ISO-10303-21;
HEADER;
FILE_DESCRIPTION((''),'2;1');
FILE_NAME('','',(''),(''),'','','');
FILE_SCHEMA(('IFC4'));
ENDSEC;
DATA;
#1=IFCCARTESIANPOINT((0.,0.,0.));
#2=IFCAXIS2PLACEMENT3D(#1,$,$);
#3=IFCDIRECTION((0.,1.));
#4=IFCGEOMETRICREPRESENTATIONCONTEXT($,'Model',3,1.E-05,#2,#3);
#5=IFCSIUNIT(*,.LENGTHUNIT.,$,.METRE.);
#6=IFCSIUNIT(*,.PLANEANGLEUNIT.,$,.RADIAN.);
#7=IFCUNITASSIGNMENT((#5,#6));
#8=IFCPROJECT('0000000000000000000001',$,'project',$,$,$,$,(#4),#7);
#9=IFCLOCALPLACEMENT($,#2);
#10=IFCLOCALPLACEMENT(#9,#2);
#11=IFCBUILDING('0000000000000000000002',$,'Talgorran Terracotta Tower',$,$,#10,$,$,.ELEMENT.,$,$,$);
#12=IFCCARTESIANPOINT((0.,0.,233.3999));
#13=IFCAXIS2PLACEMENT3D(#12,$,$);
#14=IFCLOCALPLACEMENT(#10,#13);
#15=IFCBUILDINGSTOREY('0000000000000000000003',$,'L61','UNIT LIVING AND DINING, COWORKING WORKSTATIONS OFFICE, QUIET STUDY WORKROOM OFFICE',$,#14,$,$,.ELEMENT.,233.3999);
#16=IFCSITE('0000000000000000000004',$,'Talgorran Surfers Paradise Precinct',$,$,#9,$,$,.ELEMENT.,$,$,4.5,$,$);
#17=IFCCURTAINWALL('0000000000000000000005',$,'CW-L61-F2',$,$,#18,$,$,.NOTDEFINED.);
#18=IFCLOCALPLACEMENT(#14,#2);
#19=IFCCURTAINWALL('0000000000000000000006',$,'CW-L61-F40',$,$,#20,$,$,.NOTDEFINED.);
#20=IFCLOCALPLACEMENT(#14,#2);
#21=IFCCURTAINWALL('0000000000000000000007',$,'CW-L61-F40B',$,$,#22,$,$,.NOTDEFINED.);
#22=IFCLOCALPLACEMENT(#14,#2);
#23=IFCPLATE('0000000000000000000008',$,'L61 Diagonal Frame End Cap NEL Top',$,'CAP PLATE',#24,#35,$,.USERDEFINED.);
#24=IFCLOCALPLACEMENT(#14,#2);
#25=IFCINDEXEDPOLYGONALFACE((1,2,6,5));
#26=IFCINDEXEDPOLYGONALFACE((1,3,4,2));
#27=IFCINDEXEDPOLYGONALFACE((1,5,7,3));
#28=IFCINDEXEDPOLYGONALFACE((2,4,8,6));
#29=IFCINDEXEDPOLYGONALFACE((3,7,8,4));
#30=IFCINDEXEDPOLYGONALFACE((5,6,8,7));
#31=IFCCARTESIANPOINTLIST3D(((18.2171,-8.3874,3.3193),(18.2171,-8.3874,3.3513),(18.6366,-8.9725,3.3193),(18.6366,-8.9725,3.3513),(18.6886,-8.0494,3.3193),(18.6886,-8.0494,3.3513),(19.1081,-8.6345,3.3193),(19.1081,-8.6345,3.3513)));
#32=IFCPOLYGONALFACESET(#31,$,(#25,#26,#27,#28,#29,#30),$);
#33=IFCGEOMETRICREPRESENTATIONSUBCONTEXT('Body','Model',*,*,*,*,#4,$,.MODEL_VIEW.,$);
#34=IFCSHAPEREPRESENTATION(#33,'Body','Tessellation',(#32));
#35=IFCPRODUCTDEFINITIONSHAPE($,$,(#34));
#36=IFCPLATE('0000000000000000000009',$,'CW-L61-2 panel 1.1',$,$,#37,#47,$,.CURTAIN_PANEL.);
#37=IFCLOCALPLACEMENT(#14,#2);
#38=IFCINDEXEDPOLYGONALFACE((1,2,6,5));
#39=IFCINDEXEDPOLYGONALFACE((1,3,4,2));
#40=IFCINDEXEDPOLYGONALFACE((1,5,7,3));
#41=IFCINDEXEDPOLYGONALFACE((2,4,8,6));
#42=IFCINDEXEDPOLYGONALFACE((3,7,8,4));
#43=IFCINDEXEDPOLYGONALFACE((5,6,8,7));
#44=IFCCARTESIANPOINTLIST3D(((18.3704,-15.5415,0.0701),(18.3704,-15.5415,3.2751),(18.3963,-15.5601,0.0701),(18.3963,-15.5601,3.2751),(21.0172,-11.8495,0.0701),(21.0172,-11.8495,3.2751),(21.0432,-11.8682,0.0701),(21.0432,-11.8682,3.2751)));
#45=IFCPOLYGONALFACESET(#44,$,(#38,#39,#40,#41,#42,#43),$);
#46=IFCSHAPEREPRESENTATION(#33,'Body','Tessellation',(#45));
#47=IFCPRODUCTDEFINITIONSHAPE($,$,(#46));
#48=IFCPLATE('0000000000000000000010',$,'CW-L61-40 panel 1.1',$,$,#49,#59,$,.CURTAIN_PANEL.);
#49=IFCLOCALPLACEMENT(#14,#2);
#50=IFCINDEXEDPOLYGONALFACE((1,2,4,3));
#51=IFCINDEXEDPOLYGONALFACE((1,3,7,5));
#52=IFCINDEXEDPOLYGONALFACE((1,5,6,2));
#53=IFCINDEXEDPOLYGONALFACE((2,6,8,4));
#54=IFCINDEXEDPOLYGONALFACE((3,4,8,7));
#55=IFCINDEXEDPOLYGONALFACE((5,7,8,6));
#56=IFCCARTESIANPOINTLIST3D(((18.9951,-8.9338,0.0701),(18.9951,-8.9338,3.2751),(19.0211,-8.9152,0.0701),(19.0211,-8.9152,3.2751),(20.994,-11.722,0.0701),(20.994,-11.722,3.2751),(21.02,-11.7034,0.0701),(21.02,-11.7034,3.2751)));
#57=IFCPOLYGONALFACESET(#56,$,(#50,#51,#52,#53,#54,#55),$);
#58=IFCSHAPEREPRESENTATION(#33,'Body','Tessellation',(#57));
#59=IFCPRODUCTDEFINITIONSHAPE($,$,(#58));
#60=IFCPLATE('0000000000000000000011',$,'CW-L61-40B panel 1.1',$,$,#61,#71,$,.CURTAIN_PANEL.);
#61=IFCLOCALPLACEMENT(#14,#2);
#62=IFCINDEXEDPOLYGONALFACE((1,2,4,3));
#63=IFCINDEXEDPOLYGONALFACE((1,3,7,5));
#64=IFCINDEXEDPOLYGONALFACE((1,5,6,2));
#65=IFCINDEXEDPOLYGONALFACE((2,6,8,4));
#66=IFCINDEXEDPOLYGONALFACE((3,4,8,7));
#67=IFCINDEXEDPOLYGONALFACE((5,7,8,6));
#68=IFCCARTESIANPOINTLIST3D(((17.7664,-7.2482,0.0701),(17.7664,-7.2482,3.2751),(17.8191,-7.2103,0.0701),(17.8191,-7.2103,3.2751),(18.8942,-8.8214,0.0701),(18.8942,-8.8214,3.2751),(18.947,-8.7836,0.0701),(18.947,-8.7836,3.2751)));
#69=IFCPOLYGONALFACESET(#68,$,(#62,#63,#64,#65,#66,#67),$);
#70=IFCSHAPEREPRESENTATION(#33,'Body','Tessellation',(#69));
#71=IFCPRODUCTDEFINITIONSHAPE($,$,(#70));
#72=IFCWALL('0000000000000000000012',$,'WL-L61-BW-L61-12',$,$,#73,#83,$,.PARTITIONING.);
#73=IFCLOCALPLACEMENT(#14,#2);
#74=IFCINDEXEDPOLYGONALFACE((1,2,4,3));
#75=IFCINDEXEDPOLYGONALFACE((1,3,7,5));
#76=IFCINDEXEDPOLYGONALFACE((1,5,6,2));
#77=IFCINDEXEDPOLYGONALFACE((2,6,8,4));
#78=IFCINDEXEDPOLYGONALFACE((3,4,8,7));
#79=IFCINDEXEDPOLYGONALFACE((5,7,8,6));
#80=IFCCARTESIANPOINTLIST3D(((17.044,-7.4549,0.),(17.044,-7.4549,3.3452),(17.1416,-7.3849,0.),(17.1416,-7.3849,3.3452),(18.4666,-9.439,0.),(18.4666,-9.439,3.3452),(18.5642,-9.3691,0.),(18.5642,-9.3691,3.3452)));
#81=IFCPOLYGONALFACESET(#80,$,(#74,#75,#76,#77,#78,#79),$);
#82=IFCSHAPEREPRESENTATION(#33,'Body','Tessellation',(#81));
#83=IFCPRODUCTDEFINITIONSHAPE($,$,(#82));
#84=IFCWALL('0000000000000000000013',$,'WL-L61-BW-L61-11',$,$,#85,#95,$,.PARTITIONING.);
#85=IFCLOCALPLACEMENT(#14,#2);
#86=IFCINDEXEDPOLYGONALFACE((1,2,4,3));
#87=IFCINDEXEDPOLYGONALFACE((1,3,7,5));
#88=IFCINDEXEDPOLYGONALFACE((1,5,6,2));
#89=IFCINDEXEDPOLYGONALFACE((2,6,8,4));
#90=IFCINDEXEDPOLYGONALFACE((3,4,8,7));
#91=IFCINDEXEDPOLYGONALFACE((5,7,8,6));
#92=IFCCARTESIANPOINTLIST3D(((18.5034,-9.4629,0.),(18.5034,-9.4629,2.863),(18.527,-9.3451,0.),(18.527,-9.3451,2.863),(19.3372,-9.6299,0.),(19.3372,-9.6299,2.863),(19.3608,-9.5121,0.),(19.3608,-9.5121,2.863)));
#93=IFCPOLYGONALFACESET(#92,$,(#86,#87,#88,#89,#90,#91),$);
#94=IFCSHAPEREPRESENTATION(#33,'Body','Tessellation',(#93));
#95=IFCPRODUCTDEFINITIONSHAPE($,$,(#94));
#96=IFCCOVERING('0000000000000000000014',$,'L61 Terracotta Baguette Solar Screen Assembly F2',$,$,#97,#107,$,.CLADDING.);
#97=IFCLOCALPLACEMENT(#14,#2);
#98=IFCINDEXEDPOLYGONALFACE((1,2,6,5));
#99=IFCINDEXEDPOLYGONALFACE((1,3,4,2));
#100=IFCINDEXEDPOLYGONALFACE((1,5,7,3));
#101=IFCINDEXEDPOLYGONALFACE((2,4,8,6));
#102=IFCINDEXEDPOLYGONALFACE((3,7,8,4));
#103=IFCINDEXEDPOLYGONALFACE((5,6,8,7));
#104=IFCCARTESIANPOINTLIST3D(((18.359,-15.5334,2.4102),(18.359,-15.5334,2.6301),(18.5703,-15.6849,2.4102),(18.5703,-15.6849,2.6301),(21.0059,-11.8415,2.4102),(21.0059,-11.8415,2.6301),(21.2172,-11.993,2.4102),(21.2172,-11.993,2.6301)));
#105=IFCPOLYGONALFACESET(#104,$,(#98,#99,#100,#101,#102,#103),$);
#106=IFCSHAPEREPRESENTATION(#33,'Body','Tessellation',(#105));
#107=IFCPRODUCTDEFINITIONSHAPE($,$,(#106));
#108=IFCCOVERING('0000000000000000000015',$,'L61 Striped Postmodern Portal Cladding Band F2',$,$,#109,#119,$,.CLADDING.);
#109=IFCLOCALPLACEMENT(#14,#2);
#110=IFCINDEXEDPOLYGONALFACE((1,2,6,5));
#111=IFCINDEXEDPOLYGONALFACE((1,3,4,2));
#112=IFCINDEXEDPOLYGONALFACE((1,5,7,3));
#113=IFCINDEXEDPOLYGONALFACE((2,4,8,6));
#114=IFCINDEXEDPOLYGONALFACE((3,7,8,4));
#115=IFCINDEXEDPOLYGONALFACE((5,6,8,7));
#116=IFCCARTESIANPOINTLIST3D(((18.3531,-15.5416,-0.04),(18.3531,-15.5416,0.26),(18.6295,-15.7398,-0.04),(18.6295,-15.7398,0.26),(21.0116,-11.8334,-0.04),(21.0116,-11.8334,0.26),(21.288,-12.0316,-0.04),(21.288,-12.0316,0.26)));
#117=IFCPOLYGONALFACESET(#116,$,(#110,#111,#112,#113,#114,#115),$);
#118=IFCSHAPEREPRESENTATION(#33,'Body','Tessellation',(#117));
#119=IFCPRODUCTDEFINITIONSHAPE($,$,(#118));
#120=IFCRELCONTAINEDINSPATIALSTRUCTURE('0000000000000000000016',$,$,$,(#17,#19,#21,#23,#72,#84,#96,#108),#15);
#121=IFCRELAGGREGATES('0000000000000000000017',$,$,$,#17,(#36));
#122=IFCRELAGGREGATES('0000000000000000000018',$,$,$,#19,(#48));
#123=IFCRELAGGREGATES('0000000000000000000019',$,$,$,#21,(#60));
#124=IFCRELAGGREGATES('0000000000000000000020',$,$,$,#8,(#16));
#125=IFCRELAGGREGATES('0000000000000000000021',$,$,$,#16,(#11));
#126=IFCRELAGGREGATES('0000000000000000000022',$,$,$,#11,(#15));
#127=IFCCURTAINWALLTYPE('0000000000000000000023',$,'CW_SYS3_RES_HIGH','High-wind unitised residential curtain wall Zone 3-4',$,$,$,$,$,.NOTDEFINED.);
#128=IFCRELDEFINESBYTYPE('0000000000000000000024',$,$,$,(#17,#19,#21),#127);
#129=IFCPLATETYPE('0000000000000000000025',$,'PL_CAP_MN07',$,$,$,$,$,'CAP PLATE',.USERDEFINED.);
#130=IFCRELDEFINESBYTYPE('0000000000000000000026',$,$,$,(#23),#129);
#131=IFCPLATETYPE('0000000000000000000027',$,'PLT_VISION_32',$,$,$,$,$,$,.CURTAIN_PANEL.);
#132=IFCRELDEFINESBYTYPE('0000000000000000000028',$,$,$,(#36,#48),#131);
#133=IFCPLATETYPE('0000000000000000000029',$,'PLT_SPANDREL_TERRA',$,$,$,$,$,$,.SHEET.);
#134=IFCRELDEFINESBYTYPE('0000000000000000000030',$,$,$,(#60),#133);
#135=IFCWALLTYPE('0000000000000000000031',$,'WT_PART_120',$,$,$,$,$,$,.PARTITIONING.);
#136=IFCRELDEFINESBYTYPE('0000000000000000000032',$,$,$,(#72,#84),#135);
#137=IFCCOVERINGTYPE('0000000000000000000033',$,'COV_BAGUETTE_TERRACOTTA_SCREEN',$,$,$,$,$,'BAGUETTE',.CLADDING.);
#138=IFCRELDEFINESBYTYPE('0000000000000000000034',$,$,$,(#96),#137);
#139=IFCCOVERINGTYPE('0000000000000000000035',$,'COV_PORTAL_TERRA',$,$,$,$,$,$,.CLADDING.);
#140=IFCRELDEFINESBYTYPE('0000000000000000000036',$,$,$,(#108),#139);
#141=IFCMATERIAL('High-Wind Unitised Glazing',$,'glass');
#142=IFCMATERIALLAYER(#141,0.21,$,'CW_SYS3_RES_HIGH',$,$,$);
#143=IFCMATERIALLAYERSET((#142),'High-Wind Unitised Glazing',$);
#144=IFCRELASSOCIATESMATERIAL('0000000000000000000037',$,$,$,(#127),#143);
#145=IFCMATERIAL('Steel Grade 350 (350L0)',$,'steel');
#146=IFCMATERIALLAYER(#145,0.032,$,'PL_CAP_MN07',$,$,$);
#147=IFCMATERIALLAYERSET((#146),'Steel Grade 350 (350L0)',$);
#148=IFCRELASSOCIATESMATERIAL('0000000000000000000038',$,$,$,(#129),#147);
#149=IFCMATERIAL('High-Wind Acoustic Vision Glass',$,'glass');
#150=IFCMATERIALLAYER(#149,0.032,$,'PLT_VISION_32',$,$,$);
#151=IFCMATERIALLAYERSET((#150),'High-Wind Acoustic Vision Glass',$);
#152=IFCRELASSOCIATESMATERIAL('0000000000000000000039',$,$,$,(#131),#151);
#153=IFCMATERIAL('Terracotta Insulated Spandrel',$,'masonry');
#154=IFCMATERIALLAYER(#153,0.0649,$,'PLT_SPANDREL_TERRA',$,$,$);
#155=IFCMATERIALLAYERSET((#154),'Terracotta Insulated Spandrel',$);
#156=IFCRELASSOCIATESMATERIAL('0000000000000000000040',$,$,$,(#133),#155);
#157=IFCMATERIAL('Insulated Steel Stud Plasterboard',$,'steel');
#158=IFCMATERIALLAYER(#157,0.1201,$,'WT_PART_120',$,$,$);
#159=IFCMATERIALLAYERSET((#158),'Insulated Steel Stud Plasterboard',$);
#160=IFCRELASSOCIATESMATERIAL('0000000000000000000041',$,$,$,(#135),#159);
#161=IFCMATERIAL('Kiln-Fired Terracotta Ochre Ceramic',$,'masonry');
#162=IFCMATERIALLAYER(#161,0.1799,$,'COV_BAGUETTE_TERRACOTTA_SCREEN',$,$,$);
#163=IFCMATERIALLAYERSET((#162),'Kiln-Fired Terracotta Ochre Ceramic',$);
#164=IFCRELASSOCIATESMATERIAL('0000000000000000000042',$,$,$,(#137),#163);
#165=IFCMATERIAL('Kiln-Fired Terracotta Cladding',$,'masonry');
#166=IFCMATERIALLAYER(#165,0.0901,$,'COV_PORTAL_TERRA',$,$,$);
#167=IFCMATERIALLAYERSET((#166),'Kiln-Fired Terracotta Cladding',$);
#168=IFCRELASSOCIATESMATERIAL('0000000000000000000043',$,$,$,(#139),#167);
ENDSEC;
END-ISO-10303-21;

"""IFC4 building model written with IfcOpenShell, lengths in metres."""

from ifc_helpers import new_model, si_unit, direction, frame, frame_2d, origin, origin_2d, place, context, subcontext, project, spatial, rectangle, extrude, source, transform, mapped, material, layer, layer_set, type_object, type_shapes, element, aggregate, save


model = new_model("IFC4")

# Units and contexts
model_context = context("Model", 3, precision=1e-05, world=origin(), true_north=direction((0.0, 1.0)))
body_context = subcontext(model_context, "Body", "Model", "MODEL_VIEW")
ifc_project = project(units=[si_unit("LENGTHUNIT", "METRE"), si_unit("PLANEANGLEUNIT", "RADIAN")], contexts=[model_context])

# Site, building, storey
site_placement = place(None, origin())
site = spatial("IfcSite", under=ifc_project, at=site_placement, Name="Talgorran Surfers Paradise Precinct", CompositionType="ELEMENT", RefElevation=4.5)
building_placement = place(site_placement, origin())
building = spatial("IfcBuilding", under=site, at=building_placement, Name="Talgorran Terracotta Tower", CompositionType="ELEMENT")
storey_placement = place(building_placement, frame((0.0, 0.0, 233.3999)))
storey = spatial("IfcBuildingStorey", under=building, at=storey_placement, Name="L61", Description="UNIT LIVING AND DINING, COWORKING WORKSTATIONS OFFICE, QUIET STUDY WORKROOM OFFICE", CompositionType="ELEMENT", Elevation=233.3999)

# Shared definitions
ifc_material_1 = material(Name="Steel Grade 350 (350L0)", Category="steel")

# Curtain walls
ifc_material_2 = material(Name="High-Wind Unitised Glazing", Category="glass")
ifc_layer_1 = layer(ifc_material_2, 0.21, Name="CW_SYS3_RES_HIGH")
ifc_layer_set_1 = layer_set([ifc_layer_1], Name="High-Wind Unitised Glazing")
curtain_wall_type = type_object("IfcCurtainWallType", Name="CW_SYS3_RES_HIGH", Description="High-wind unitised residential curtain wall Zone 3-4", PredefinedType="NOTDEFINED", material=ifc_layer_set_1)
curtain_wall_1_placement = place(storey_placement, origin())
curtain_wall_1 = element("IfcCurtainWall", 1, at=curtain_wall_1_placement, inside=storey, type_object=curtain_wall_type, Name="CW-L61-F2", PredefinedType="NOTDEFINED")
curtain_wall_2_placement = place(storey_placement, origin())
curtain_wall_2 = element("IfcCurtainWall", 2, at=curtain_wall_2_placement, inside=storey, type_object=curtain_wall_type, Name="CW-L61-F40", PredefinedType="NOTDEFINED")

# Curtain wall
curtain_wall_3_placement = place(storey_placement, origin())
curtain_wall_3 = element("IfcCurtainWall", 3, at=curtain_wall_3_placement, inside=storey, type_object=curtain_wall_type, Name="CW-L61-F40B", PredefinedType="NOTDEFINED")

# Plates
ifc_layer_2 = layer(ifc_material_1, 0.032, Name="PL_CAP_MN07")
ifc_layer_set_2 = layer_set([ifc_layer_2], Name="Steel Grade 350 (350L0)")
plate_type_1 = type_object("IfcPlateType", Name="PL_CAP_MN07", ElementType="CAP PLATE", PredefinedType="USERDEFINED", material=ifc_layer_set_2)
plate_1_placement = place(storey_placement, frame((18.6626, -8.511, 3.3193), z_axis=(0.0, 0.0, 1.0), x_axis=(0.58269, -0.812694, 0.0)))
element("IfcPlate", 4, at=plate_1_placement, inside=storey, type_object=plate_type_1, Name="L61 Diagonal Frame End Cap NEL Top", ObjectType="CAP PLATE", PredefinedType="USERDEFINED", context=body_context, shape_type="SweptSolid", body=[
    extrude(rectangle(XDim=0.72, YDim=0.5801, at=origin_2d()), origin(), (0.0, 0.0, 1.0), 0.032),
])
ifc_material_3 = material(Name="High-Wind Acoustic Vision Glass", Category="glass")
ifc_layer_3 = layer(ifc_material_3, 0.032, Name="PLT_VISION_32")
ifc_layer_set_3 = layer_set([ifc_layer_3], Name="High-Wind Acoustic Vision Glass")
plate_type_2 = type_object("IfcPlateType", Name="PLT_VISION_32", PredefinedType="CURTAIN_PANEL", material=ifc_layer_set_3)
shared_shape_1 = source(origin(), body_context, "Body", "SweptSolid", [
    extrude(rectangle(XDim=4.5427, YDim=0.032, at=origin_2d()), origin(), (0.0, 0.0, 1.0), 3.2051),
])
plate_2_placement = place(storey_placement, frame((19.7068, -13.7048, 0.0701), z_axis=(0.0, 0.0, 1.0), x_axis=(0.582661, 0.812715, 0.0)))
plate_2 = element("IfcPlate", 5, at=plate_2_placement, type_object=plate_type_2, Name="CW-L61-2 panel 1.1", PredefinedType="CURTAIN_PANEL", context=body_context, shape_type="MappedRepresentation", body=[
    mapped(shared_shape_1, transform((0.0, 0.0, 0.0), scale=1.0)),
])
aggregate(curtain_wall_1, [plate_2])
shared_shape_2 = source(origin(), body_context, "Body", "SweptSolid", [
    extrude(rectangle(XDim=3.4307, YDim=0.032, at=origin_2d()), origin(), (0.0, 0.0, 1.0), 3.2051),
])
type_shapes(plate_type_2, [shared_shape_1, shared_shape_2])
plate_3_placement = place(storey_placement, frame((20.0076, -10.3186, 0.0701), z_axis=(0.0, 0.0, 1.0), x_axis=(-0.582655, 0.81272, 0.0)))
plate_3 = element("IfcPlate", 6, at=plate_3_placement, type_object=plate_type_2, Name="CW-L61-40 panel 1.1", PredefinedType="CURTAIN_PANEL", context=body_context, shape_type="MappedRepresentation", body=[
    mapped(shared_shape_2, transform((0.0, 0.0, 0.0), scale=1.0)),
])
aggregate(curtain_wall_2, [plate_3])
ifc_material_4 = material(Name="Terracotta Insulated Spandrel", Category="masonry")
ifc_layer_4 = layer(ifc_material_4, 0.0649, Name="PLT_SPANDREL_TERRA")
ifc_layer_set_4 = layer_set([ifc_layer_4], Name="Terracotta Insulated Spandrel")
plate_type_3 = type_object("IfcPlateType", Name="PLT_SPANDREL_TERRA", PredefinedType="SHEET", material=ifc_layer_set_4)
shared_shape_3 = source(origin(), body_context, "Body", "SweptSolid", [
    extrude(rectangle(XDim=1.9358, YDim=0.0649, at=origin_2d()), origin(), (0.0, 0.0, 1.0), 3.2051),
])
type_shapes(plate_type_3, [shared_shape_3])
plate_4_placement = place(storey_placement, frame((18.3567, -8.0159, 0.0701), z_axis=(0.0, 0.0, 1.0), x_axis=(-0.58265, 0.812723, 0.0)))
plate_4 = element("IfcPlate", 7, at=plate_4_placement, type_object=plate_type_3, Name="CW-L61-40B panel 1.1", PredefinedType="CURTAIN_PANEL", context=body_context, shape_type="MappedRepresentation", body=[
    mapped(shared_shape_3, transform((0.0, 0.0, 0.0), scale=1.0)),
])
aggregate(curtain_wall_3, [plate_4])

# Walls
ifc_material_5 = material(Name="Insulated Steel Stud Plasterboard", Category="steel")
ifc_layer_5 = layer(ifc_material_5, 0.1201, Name="WT_PART_120")
ifc_layer_set_5 = layer_set([ifc_layer_5], Name="Insulated Steel Stud Plasterboard")
wall_type = type_object("IfcWallType", Name="WT_PART_120", PredefinedType="PARTITIONING", material=ifc_layer_set_5)
wall_1_placement = place(storey_placement, frame((18.5154, -9.4041, 0.0), z_axis=(0.0, 0.0, 1.0), x_axis=(-0.582694, 0.812692, 0.0)))
element("IfcWall", 8, at=wall_1_placement, inside=storey, type_object=wall_type, Name="WL-L61-BW-L61-12", PredefinedType="PARTITIONING", context=body_context, shape_type="SweptSolid", body=[
    extrude(rectangle(XDim=2.4414, YDim=0.1201, at=frame_2d((1.2207, 0.0))), origin(), (0.0, 0.0, 1.0), 3.3452),
])
wall_2_placement = place(storey_placement, frame((19.3491, -9.571, 0.0), z_axis=(0.0, 0.0, 1.0), x_axis=(-0.980525, 0.196392, 0.0)))
element("IfcWall", 9, at=wall_2_placement, inside=storey, type_object=wall_type, Name="WL-L61-BW-L61-11", PredefinedType="PARTITIONING", context=body_context, shape_type="SweptSolid", body=[
    extrude(rectangle(XDim=0.8503, YDim=0.1201, at=frame_2d((0.4253, 0.0))), origin(), (0.0, 0.0, 1.0), 2.863),
])

# Coverings
ifc_material_6 = material(Name="Kiln-Fired Terracotta Ochre Ceramic", Category="masonry")
ifc_layer_6 = layer(ifc_material_6, 0.1799, Name="COV_BAGUETTE_TERRACOTTA_SCREEN")
ifc_layer_set_6 = layer_set([ifc_layer_6], Name="Kiln-Fired Terracotta Ochre Ceramic")
covering_type_1 = type_object("IfcCoveringType", Name="COV_BAGUETTE_TERRACOTTA_SCREEN", ElementType="BAGUETTE", PredefinedType="CLADDING", material=ifc_layer_set_6)
covering_1_placement = place(storey_placement, frame((19.7881, -13.7632, 2.4102), z_axis=(0.0, 0.0, 1.0), x_axis=(0.582662, 0.812715, 0.0)))
element("IfcCovering", 10, at=covering_1_placement, inside=storey, type_object=covering_type_1, Name="L61 Terracotta Baguette Solar Screen Assembly F2", PredefinedType="CLADDING", context=body_context, shape_type="SweptSolid", body=[
    extrude(rectangle(XDim=4.5427, YDim=0.26, at=origin_2d()), origin(), (0.0, 0.0, 1.0), 0.22),
])
ifc_material_7 = material(Name="Kiln-Fired Terracotta Cladding", Category="masonry")
ifc_layer_7 = layer(ifc_material_7, 0.0901, Name="COV_PORTAL_TERRA")
ifc_layer_set_7 = layer_set([ifc_layer_7], Name="Kiln-Fired Terracotta Cladding")
covering_type_2 = type_object("IfcCoveringType", Name="COV_PORTAL_TERRA", PredefinedType="CLADDING", material=ifc_layer_set_7)
covering_2_placement = place(storey_placement, frame((19.8206, -13.7866, -0.04), z_axis=(0.0, 0.0, 1.0), x_axis=(0.582662, 0.812715, 0.0)))
element("IfcCovering", 11, at=covering_2_placement, inside=storey, type_object=covering_type_2, Name="L61 Striped Postmodern Portal Cladding Band F2", PredefinedType="CLADDING", context=body_context, shape_type="SweptSolid", body=[
    extrude(rectangle(XDim=4.5627, YDim=0.3401, at=origin_2d()), origin(), (0.0, 0.0, 1.0), 0.3),
])

save(model, "model.ifc")
